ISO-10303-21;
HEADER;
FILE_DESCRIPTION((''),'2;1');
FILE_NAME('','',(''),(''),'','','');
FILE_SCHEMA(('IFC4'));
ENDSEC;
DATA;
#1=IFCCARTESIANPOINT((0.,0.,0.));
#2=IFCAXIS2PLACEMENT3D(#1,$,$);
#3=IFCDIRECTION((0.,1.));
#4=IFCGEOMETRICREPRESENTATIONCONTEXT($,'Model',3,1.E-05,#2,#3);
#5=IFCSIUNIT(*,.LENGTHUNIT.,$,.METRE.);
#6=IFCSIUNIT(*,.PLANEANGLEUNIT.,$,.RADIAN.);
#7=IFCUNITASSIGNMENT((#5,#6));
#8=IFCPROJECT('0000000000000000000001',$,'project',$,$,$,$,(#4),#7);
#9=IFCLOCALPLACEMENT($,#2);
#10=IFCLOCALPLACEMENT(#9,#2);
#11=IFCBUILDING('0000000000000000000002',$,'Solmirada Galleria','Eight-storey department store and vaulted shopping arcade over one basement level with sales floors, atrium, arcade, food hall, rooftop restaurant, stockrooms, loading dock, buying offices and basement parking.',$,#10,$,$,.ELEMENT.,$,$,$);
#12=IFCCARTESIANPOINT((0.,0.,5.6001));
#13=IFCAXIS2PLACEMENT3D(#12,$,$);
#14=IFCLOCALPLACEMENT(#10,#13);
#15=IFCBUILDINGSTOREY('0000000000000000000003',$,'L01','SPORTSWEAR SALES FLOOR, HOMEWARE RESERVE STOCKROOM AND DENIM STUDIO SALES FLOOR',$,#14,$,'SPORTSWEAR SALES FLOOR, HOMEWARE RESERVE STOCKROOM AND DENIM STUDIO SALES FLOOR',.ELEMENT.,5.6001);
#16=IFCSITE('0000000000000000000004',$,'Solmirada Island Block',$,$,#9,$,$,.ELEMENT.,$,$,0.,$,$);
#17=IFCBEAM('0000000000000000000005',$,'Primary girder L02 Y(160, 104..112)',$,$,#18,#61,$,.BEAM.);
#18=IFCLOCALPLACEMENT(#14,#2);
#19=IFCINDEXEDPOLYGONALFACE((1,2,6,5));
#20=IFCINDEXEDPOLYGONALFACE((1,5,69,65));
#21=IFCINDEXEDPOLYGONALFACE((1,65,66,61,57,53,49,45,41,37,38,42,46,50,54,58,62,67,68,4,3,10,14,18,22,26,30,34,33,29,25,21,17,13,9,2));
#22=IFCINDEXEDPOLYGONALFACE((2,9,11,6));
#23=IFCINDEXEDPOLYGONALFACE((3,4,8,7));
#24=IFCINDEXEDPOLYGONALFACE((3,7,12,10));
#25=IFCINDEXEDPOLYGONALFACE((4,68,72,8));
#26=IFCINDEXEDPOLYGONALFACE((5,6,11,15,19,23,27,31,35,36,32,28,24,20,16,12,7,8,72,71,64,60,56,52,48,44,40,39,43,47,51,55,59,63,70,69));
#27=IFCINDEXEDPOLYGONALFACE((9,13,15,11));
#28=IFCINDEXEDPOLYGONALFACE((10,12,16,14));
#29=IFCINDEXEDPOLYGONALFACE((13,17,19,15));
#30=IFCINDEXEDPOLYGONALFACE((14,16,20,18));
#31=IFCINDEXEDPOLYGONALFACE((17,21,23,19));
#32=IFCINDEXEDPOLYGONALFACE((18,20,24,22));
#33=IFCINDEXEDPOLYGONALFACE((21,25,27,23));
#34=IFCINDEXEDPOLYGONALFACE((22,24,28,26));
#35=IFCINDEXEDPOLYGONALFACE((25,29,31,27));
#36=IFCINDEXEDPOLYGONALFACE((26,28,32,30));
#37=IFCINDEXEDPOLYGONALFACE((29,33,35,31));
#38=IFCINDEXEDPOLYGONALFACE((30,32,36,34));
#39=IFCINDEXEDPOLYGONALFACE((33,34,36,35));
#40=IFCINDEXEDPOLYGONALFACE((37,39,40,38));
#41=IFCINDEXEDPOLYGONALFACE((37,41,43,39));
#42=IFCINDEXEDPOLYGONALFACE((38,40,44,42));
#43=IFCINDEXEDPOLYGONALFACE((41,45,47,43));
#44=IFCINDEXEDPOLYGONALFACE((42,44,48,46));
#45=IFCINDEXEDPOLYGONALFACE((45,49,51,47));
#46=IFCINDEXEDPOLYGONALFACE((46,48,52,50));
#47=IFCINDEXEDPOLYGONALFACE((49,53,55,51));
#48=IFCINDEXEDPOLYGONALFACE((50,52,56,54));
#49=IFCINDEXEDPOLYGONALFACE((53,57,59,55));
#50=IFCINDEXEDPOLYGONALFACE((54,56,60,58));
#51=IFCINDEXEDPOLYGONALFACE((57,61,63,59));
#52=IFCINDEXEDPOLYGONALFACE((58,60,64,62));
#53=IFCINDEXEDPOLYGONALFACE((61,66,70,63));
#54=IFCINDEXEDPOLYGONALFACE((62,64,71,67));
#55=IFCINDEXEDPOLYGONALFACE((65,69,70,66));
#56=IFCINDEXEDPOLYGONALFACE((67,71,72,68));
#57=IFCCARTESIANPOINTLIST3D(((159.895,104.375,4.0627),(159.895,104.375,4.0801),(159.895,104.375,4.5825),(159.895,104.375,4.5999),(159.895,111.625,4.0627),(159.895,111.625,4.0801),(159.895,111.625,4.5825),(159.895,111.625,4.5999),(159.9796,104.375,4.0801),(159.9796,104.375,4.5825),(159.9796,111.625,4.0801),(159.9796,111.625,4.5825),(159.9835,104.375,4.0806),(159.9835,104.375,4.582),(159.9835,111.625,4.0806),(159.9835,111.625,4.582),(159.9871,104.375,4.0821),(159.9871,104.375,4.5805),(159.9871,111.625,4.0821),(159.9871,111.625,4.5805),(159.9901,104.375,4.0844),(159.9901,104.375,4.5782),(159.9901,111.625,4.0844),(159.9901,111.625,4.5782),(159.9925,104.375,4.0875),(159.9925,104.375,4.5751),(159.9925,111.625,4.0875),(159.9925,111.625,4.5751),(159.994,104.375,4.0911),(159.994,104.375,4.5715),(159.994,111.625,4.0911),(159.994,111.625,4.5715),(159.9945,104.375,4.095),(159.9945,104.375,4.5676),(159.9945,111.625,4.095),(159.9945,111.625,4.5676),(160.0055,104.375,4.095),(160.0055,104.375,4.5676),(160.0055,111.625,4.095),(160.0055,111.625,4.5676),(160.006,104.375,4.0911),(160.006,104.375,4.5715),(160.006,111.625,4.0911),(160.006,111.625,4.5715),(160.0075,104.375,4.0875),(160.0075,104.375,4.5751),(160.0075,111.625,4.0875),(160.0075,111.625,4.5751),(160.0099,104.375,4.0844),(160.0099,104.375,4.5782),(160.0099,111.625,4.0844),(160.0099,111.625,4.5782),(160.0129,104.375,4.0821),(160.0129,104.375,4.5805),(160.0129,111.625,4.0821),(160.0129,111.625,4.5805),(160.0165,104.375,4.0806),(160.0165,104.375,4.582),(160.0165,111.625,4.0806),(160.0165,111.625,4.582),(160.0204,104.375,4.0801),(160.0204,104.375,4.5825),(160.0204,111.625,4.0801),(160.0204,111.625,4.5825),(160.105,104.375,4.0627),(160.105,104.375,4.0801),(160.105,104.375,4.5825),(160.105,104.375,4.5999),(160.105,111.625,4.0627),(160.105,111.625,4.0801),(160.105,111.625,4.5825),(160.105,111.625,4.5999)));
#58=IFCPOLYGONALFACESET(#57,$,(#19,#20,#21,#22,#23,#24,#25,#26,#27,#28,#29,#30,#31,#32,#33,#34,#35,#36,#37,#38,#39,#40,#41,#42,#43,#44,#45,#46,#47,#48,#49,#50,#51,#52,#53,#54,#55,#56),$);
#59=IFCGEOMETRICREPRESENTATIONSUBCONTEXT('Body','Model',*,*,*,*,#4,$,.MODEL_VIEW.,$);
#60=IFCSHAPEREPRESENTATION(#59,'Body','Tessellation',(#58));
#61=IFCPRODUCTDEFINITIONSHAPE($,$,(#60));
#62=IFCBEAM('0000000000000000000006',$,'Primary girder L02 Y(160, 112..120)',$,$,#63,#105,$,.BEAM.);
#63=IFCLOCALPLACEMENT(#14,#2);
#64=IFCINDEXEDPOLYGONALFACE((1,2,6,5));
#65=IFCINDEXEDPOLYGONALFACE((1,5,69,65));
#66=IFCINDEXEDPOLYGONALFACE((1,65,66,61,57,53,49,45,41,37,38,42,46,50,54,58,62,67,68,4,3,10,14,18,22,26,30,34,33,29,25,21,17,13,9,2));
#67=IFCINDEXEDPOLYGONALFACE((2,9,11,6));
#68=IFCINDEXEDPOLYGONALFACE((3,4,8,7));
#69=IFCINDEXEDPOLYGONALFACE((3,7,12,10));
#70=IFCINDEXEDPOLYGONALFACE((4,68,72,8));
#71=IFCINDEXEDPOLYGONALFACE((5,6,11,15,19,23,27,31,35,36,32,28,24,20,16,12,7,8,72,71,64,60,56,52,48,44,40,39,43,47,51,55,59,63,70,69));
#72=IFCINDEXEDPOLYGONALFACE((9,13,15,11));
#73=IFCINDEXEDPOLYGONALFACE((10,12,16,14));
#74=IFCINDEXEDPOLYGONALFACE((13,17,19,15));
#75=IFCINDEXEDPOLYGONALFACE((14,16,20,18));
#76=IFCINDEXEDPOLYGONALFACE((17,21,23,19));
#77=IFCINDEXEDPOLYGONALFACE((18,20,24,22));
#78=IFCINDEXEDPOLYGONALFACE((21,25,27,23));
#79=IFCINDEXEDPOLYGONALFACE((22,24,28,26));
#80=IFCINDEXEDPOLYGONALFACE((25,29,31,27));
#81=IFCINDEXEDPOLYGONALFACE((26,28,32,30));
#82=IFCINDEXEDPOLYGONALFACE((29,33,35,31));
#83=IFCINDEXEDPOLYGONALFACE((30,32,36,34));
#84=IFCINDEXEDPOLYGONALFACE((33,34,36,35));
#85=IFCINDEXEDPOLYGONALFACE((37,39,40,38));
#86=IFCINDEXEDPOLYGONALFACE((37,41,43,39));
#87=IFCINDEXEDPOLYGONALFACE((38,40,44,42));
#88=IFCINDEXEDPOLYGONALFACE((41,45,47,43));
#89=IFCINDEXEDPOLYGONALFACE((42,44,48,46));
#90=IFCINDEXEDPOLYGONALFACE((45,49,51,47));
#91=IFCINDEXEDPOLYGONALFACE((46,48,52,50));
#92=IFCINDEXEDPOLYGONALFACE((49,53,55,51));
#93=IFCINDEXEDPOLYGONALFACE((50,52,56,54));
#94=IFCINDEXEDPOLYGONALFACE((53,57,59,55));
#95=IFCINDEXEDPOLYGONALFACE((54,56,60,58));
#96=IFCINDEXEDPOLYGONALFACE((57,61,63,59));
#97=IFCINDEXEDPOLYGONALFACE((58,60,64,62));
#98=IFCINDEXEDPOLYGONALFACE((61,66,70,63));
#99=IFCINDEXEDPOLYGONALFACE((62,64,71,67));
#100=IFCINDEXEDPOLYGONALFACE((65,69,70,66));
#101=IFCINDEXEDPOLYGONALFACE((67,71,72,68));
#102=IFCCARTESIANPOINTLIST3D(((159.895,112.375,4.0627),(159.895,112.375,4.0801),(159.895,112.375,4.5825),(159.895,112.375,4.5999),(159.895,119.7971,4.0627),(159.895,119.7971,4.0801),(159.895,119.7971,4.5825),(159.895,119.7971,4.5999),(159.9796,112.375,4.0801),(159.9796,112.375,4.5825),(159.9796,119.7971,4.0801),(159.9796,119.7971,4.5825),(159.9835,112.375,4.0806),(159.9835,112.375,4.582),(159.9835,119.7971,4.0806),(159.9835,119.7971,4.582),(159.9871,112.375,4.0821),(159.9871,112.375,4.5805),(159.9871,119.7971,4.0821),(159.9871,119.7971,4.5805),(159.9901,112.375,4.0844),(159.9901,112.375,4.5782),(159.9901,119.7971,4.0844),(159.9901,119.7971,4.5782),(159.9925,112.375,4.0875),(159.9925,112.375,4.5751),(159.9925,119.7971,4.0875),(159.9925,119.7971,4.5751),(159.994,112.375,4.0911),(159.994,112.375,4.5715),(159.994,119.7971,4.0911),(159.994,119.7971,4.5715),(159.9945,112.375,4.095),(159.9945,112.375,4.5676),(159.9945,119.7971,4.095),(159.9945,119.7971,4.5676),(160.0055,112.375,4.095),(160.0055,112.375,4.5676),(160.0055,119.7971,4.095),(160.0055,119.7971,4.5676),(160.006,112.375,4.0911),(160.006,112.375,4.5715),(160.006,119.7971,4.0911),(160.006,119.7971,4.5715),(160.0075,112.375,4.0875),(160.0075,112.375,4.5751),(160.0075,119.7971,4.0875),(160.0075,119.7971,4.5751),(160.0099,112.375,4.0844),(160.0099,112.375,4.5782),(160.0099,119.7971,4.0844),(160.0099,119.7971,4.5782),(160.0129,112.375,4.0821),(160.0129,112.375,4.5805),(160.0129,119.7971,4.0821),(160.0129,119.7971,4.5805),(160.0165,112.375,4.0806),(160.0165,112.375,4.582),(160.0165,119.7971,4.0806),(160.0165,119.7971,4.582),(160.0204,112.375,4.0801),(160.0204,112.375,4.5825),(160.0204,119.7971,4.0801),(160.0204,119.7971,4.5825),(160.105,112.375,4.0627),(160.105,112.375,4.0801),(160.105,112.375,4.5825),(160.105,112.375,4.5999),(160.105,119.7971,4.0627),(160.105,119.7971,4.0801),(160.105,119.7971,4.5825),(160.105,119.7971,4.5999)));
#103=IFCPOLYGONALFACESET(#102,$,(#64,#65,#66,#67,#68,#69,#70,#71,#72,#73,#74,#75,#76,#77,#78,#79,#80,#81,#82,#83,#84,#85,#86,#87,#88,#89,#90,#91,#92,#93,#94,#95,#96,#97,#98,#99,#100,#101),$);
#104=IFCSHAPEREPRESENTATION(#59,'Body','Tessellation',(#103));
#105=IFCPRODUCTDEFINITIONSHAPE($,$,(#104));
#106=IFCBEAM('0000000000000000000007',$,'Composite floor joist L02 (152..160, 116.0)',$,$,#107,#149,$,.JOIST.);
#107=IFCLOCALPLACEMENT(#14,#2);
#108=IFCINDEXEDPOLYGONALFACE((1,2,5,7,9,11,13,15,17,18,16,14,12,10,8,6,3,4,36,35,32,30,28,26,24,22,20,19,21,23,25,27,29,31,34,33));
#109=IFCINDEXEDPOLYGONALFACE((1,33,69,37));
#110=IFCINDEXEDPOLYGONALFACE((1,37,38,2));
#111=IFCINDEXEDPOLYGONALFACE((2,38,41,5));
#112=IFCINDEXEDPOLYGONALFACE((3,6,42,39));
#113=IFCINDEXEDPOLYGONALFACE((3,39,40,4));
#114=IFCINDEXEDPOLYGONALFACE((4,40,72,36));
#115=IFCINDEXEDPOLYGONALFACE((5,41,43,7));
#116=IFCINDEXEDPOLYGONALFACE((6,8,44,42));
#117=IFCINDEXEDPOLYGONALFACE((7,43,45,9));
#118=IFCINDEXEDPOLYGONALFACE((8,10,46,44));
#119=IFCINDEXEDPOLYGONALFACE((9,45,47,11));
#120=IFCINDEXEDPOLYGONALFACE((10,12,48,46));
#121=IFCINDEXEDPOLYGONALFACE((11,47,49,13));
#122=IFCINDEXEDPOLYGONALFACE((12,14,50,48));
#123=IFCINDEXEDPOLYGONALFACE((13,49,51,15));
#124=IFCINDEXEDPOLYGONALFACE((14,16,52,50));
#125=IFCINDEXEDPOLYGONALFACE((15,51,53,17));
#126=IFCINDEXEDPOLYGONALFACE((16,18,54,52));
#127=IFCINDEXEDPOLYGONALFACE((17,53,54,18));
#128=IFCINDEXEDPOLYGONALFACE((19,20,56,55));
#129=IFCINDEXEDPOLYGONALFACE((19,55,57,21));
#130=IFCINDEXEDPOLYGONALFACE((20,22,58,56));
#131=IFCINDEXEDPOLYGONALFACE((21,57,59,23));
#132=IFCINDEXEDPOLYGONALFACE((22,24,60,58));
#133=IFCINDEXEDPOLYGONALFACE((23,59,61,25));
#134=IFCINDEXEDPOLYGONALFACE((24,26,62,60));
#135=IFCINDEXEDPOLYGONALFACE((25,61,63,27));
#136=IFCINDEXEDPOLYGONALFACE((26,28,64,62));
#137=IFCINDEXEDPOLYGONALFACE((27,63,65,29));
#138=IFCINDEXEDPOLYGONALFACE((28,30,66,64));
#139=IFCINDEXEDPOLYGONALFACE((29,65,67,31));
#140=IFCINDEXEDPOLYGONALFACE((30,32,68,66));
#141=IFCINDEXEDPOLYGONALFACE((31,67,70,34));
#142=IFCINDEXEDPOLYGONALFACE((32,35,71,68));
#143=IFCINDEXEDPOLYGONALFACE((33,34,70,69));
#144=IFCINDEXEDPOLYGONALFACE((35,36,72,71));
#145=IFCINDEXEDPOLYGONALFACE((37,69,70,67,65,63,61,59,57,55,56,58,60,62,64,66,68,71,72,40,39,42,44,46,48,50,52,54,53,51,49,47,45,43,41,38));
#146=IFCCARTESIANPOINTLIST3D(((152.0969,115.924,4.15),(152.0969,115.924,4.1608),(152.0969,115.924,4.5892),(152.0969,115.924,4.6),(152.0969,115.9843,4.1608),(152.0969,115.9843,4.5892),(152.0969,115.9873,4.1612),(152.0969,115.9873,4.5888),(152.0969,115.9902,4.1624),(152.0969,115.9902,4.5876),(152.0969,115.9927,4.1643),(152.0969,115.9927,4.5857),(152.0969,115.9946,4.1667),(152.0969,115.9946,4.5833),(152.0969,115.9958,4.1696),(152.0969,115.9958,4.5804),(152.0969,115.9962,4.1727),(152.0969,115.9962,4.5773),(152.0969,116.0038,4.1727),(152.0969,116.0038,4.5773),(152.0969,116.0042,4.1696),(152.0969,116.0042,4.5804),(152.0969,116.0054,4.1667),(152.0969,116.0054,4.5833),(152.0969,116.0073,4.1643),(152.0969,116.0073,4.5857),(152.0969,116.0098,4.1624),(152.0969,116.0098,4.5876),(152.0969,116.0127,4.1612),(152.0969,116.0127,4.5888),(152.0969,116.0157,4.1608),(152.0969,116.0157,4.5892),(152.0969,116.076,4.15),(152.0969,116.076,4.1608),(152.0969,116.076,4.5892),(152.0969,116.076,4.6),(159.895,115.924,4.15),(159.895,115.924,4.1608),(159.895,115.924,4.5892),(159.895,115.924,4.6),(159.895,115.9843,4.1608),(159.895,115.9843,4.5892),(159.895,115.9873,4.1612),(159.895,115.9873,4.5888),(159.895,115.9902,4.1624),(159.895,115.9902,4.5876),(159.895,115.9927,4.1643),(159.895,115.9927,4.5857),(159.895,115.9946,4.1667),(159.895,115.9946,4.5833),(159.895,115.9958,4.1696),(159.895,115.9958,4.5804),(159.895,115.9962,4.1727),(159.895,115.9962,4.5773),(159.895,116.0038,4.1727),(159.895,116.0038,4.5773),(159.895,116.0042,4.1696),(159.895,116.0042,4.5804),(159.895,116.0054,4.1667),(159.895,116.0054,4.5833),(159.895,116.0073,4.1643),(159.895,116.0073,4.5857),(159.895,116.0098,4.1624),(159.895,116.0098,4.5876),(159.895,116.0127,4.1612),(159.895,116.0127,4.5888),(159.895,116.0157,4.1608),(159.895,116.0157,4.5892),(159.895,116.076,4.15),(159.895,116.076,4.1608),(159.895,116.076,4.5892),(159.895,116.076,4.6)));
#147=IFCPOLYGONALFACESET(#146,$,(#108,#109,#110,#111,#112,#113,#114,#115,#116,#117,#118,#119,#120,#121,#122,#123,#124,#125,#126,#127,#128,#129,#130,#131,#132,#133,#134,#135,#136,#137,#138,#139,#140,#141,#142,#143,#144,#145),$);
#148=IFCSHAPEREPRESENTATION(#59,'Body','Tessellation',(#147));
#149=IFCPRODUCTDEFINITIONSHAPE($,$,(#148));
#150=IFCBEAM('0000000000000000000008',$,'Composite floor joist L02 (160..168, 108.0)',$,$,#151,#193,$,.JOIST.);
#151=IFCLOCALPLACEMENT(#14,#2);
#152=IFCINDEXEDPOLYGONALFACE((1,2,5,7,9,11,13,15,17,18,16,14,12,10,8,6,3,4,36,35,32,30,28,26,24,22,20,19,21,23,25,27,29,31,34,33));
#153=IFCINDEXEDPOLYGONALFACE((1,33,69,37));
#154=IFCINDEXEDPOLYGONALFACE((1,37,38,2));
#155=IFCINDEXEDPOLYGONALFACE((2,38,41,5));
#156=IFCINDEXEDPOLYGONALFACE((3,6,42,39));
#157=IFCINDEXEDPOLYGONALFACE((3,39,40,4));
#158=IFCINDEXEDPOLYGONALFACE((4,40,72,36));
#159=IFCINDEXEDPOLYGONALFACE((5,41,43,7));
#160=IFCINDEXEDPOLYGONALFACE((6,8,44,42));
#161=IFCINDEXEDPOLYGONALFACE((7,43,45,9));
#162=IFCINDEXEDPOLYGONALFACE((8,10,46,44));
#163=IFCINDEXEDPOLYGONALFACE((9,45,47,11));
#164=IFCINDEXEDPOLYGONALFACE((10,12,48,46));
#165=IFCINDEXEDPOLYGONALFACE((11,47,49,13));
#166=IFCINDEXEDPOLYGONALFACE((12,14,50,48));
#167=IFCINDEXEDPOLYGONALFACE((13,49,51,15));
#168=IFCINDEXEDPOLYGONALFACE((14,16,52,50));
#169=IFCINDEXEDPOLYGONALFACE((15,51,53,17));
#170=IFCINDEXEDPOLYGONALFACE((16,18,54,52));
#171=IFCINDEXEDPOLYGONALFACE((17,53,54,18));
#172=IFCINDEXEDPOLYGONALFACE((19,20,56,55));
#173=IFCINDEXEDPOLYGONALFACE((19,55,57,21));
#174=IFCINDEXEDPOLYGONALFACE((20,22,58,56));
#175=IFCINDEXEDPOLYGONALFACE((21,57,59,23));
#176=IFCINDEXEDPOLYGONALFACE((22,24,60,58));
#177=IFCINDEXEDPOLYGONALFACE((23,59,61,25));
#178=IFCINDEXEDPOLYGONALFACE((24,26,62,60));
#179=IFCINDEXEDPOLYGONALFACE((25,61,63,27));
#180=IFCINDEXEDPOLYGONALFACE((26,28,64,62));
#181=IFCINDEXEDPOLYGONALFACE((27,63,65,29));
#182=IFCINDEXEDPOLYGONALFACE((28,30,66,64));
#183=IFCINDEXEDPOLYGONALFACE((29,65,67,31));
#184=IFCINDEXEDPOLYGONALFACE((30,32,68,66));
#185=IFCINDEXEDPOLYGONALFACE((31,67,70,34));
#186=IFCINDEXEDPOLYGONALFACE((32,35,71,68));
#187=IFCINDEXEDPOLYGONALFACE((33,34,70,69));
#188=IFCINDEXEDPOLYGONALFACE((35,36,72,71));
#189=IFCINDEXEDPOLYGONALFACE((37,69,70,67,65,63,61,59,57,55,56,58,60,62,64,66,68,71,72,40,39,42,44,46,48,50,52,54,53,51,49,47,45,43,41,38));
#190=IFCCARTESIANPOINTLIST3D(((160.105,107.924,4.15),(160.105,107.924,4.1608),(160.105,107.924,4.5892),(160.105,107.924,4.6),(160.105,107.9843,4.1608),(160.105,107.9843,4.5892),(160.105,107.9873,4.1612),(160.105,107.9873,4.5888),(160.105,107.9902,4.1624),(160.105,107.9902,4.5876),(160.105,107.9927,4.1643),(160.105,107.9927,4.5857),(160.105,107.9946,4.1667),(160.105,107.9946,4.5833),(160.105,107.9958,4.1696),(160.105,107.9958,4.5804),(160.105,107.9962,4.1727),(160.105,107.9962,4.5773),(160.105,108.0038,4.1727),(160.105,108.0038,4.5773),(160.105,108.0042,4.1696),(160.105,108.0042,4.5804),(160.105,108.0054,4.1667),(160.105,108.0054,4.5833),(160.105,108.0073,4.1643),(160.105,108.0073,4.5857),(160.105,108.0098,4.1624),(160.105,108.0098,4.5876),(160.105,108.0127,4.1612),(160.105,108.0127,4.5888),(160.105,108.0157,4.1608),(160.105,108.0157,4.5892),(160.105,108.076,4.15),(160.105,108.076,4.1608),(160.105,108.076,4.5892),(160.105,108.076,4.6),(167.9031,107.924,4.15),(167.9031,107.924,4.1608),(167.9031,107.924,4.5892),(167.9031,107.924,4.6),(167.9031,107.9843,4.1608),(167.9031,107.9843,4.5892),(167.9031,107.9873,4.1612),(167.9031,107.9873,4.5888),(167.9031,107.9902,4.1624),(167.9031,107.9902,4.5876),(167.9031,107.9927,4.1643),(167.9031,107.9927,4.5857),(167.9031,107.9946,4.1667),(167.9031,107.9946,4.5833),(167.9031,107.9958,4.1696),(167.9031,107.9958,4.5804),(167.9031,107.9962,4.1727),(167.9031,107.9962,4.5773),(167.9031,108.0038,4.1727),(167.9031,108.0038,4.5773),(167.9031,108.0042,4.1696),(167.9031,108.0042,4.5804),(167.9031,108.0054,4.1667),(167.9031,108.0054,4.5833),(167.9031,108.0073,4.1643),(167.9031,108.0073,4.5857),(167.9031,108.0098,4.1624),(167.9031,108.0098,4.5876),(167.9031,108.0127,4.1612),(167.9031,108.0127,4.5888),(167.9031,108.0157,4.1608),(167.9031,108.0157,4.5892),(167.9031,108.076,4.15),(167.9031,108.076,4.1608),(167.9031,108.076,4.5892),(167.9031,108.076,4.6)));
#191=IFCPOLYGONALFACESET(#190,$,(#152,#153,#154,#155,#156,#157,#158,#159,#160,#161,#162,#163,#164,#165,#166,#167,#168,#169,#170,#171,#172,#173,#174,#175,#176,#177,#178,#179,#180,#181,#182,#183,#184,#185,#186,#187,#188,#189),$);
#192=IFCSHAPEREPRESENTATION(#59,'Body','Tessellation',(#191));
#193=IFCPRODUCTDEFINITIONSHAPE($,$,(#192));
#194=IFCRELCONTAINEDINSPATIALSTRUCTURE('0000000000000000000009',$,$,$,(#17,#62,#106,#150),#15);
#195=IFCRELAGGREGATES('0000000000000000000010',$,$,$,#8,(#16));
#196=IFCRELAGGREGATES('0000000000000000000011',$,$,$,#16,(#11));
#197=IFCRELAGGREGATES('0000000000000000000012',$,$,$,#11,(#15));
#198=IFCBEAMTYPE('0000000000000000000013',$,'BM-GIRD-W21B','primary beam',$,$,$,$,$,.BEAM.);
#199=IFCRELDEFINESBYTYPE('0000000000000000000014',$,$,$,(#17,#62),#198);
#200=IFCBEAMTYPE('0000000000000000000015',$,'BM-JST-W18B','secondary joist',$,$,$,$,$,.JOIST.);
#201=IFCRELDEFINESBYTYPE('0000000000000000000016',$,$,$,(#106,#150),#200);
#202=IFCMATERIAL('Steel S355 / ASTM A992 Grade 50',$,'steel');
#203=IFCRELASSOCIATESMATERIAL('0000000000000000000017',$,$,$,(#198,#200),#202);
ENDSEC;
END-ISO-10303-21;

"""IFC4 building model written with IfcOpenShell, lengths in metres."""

from ifc_helpers import new_model, si_unit, direction, frame, origin, origin_2d, place, context, subcontext, project, spatial, i_section, extrude, material, material_profile, profile_set, type_object, element, save


model = new_model("IFC4")

# Units and contexts
model_context = context("Model", 3, precision=1e-05, world=origin(), true_north=direction((0.0, 1.0)))
body_context = subcontext(model_context, "Body", "Model", "MODEL_VIEW")
ifc_project = project(units=[si_unit("LENGTHUNIT", "METRE"), si_unit("PLANEANGLEUNIT", "RADIAN")], contexts=[model_context])

# Site, building, storey
site_placement = place(None, origin())
site = spatial("IfcSite", under=ifc_project, at=site_placement, Name="Solmirada Island Block", CompositionType="ELEMENT", RefElevation=0.0)
building_placement = place(site_placement, origin())
building = spatial("IfcBuilding", under=site, at=building_placement, Name="Solmirada Galleria", Description="Eight-storey department store and vaulted shopping arcade over one basement level with sales floors, atrium, arcade, food hall, rooftop restaurant, stockrooms, loading dock, buying offices and basement parking.", CompositionType="ELEMENT")
storey_placement = place(building_placement, frame((0.0, 0.0, 5.6001)))
storey = spatial("IfcBuildingStorey", under=building, at=storey_placement, Name="L01", Description="SPORTSWEAR SALES FLOOR, HOMEWARE RESERVE STOCKROOM AND DENIM STUDIO SALES FLOOR", LongName="SPORTSWEAR SALES FLOOR, HOMEWARE RESERVE STOCKROOM AND DENIM STUDIO SALES FLOOR", CompositionType="ELEMENT", Elevation=5.6001)

# Beams
ifc_material_1 = material(Name="Steel S355 / ASTM A992 Grade 50", Category="steel")
ifc_material_profile_1 = material_profile(ifc_material_1, i_section(OverallWidth=0.21, OverallDepth=0.5371, WebThickness=0.011, FlangeThickness=0.0173, FilletRadius=0.0149, at=origin_2d()), Name="W21X68")
ifc_profile_set_1 = profile_set([ifc_material_profile_1], Name="Steel S355 / ASTM A992 Grade 50")
beam_type_1 = type_object("IfcBeamType", Name="BM-GIRD-W21B", Description="primary beam", PredefinedType="BEAM", material=ifc_profile_set_1)
for number, where, z_axis, x_axis, name in (
    (1, (160.0, 104.375, 4.3313), (0.0, 1.0, 0.0), (-1.0, 0.0, 0.0), "Primary girder L02 Y(160, 104..112)"),
):
    element("IfcBeam", number, at=place(storey_placement, frame(where, z_axis=z_axis, x_axis=x_axis)), inside=storey, type_object=beam_type_1, Name=name, PredefinedType="BEAM", context=body_context, shape_type="SweptSolid", body=[
        extrude(i_section(OverallWidth=0.21, OverallDepth=0.5371, WebThickness=0.011, FlangeThickness=0.0173, FilletRadius=0.0149, at=origin_2d()), origin(), (0.0, 0.0, 1.0), 7.25),
    ])
beam_1_placement = place(storey_placement, frame((160.0, 112.375, 4.3313), z_axis=(0.0, 1.0, 0.0), x_axis=(-1.0, 0.0, 0.0)))
element("IfcBeam", 2, at=beam_1_placement, inside=storey, type_object=beam_type_1, Name="Primary girder L02 Y(160, 112..120)", PredefinedType="BEAM", context=body_context, shape_type="SweptSolid", body=[
    extrude(i_section(OverallWidth=0.21, OverallDepth=0.5371, WebThickness=0.011, FlangeThickness=0.0173, FilletRadius=0.0149, at=origin_2d()), origin(), (0.0, 0.0, 1.0), 7.4221),
])
ifc_material_profile_2 = material_profile(ifc_material_1, i_section(OverallWidth=0.1521, OverallDepth=0.45, WebThickness=0.0076, FlangeThickness=0.0107, FilletRadius=0.012, at=origin_2d()), Name="W18X35")
ifc_profile_set_2 = profile_set([ifc_material_profile_2], Name="Steel S355 / ASTM A992 Grade 50")
beam_type_2 = type_object("IfcBeamType", Name="BM-JST-W18B", Description="secondary joist", PredefinedType="JOIST", material=ifc_profile_set_2)
for number, where, z_axis, x_axis, name in (
    (3, (152.0969, 116.0, 4.375), (1.0, 0.0, 0.0), (0.0, 1.0, 0.0), "Composite floor joist L02 (152..160, 116.0)"),
    (4, (160.105, 108.0, 4.375), (1.0, 0.0, 0.0), (0.0, 1.0, 0.0), "Composite floor joist L02 (160..168, 108.0)"),
):
    element("IfcBeam", number, at=place(storey_placement, frame(where, z_axis=z_axis, x_axis=x_axis)), inside=storey, type_object=beam_type_2, Name=name, PredefinedType="JOIST", context=body_context, shape_type="SweptSolid", body=[
        extrude(i_section(OverallWidth=0.1521, OverallDepth=0.45, WebThickness=0.0076, FlangeThickness=0.0107, FilletRadius=0.012, at=origin_2d()), origin(), (0.0, 0.0, 1.0), 7.7981),
    ])

save(model, "model.ifc")
